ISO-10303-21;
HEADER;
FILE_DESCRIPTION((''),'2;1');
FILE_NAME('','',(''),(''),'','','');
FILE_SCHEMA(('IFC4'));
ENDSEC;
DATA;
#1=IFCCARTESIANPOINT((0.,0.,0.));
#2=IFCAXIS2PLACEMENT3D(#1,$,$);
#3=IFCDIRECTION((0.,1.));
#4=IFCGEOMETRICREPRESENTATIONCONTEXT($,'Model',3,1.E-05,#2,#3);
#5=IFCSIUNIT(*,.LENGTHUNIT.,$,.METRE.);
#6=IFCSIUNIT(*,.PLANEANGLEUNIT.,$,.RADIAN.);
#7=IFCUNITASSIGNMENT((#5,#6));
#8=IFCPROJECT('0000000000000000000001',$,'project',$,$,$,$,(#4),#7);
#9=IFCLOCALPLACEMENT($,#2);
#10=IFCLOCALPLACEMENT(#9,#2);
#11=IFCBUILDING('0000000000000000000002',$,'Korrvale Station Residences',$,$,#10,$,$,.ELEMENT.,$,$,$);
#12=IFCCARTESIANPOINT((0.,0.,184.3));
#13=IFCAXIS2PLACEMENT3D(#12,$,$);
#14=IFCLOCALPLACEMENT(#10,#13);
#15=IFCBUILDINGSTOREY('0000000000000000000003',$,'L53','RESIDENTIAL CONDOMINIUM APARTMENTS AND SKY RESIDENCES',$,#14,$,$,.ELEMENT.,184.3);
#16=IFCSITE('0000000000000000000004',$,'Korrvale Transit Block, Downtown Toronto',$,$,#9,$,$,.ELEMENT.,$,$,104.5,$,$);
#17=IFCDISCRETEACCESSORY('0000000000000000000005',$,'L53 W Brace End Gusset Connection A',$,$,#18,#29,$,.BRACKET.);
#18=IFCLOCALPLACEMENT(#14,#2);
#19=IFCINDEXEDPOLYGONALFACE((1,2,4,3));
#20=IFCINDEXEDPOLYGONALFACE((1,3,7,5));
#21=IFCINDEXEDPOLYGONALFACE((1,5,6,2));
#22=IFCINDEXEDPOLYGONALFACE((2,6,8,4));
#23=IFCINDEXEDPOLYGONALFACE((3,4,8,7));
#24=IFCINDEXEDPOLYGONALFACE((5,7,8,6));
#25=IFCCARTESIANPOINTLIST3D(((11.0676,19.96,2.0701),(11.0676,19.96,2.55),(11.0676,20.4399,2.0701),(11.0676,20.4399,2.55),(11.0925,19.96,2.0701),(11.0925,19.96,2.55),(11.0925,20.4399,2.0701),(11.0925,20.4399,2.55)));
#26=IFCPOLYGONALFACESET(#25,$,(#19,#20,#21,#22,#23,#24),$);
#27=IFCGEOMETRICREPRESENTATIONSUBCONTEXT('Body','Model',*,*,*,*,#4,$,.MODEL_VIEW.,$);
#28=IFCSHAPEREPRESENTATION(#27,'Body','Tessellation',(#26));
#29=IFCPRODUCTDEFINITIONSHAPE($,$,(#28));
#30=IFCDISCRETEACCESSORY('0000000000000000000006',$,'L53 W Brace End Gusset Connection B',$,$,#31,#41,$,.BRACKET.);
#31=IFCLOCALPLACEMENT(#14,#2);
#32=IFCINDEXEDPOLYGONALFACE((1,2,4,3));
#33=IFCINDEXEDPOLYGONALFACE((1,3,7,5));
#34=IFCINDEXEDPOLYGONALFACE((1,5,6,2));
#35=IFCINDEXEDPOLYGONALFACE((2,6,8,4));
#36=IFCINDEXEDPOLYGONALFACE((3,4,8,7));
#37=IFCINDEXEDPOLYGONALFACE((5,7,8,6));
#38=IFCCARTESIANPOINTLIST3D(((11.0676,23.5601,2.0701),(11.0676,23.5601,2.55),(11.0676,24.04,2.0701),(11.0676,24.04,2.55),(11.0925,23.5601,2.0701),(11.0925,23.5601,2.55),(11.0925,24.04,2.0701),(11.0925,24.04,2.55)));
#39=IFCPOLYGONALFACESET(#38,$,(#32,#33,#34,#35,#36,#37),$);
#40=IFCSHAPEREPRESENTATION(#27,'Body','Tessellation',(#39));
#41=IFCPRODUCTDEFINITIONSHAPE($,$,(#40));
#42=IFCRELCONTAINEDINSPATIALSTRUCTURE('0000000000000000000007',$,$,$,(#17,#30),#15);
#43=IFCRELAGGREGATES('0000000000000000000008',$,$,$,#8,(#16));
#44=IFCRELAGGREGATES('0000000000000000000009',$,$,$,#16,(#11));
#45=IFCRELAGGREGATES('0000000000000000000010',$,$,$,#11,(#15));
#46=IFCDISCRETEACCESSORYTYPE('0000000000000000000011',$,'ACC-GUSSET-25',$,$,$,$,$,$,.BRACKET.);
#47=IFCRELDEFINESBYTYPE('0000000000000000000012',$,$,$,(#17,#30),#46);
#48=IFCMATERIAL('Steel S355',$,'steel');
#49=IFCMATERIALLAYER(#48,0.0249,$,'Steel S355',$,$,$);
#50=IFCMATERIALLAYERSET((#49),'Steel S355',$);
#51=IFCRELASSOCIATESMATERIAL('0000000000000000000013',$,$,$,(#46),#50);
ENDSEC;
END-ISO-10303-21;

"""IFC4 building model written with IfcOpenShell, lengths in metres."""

from ifc_helpers import new_model, si_unit, direction, frame, origin, origin_2d, place, context, subcontext, project, spatial, rectangle, extrude, material, layer, layer_set, type_object, element, save


model = new_model("IFC4")

# Units and contexts
model_context = context("Model", 3, precision=1e-05, world=origin(), true_north=direction((0.0, 1.0)))
body_context = subcontext(model_context, "Body", "Model", "MODEL_VIEW")
ifc_project = project(units=[si_unit("LENGTHUNIT", "METRE"), si_unit("PLANEANGLEUNIT", "RADIAN")], contexts=[model_context])

# Site, building, storey
site_placement = place(None, origin())
site = spatial("IfcSite", under=ifc_project, at=site_placement, Name="Korrvale Transit Block, Downtown Toronto", CompositionType="ELEMENT", RefElevation=104.5)
building_placement = place(site_placement, origin())
building = spatial("IfcBuilding", under=site, at=building_placement, Name="Korrvale Station Residences", CompositionType="ELEMENT")
storey_placement = place(building_placement, frame((0.0, 0.0, 184.3)))
storey = spatial("IfcBuildingStorey", under=building, at=storey_placement, Name="L53", Description="RESIDENTIAL CONDOMINIUM APARTMENTS AND SKY RESIDENCES", CompositionType="ELEMENT", Elevation=184.3)

# Shared definitions
ifc_material_1 = material(Name="Steel S355", Category="steel")

# Discrete accessories
ifc_layer_1 = layer(ifc_material_1, 0.0249, Name="Steel S355")
ifc_layer_set_1 = layer_set([ifc_layer_1], Name="Steel S355")
discrete_accessory_type = type_object("IfcDiscreteAccessoryType", Name="ACC-GUSSET-25", PredefinedType="BRACKET", material=ifc_layer_set_1)
for number, where, z_axis, x_axis, name in (
    (1, (11.0801, 20.2, 2.0701), (0.0, 0.0, 1.0), (0.0, 1.0, 0.0), "L53 W Brace End Gusset Connection A"),
    (2, (11.0801, 23.8, 2.0701), (0.0, 0.0, 1.0), (0.0, 1.0, 0.0), "L53 W Brace End Gusset Connection B"),
):
    element("IfcDiscreteAccessory", number, at=place(storey_placement, frame(where, z_axis=z_axis, x_axis=x_axis)), inside=storey, type_object=discrete_accessory_type, Name=name, PredefinedType="BRACKET", context=body_context, shape_type="SweptSolid", body=[
        extrude(rectangle(XDim=0.48, YDim=0.0249, at=origin_2d()), origin(), (0.0, 0.0, 1.0), 0.48),
    ])

save(model, "model.ifc")
